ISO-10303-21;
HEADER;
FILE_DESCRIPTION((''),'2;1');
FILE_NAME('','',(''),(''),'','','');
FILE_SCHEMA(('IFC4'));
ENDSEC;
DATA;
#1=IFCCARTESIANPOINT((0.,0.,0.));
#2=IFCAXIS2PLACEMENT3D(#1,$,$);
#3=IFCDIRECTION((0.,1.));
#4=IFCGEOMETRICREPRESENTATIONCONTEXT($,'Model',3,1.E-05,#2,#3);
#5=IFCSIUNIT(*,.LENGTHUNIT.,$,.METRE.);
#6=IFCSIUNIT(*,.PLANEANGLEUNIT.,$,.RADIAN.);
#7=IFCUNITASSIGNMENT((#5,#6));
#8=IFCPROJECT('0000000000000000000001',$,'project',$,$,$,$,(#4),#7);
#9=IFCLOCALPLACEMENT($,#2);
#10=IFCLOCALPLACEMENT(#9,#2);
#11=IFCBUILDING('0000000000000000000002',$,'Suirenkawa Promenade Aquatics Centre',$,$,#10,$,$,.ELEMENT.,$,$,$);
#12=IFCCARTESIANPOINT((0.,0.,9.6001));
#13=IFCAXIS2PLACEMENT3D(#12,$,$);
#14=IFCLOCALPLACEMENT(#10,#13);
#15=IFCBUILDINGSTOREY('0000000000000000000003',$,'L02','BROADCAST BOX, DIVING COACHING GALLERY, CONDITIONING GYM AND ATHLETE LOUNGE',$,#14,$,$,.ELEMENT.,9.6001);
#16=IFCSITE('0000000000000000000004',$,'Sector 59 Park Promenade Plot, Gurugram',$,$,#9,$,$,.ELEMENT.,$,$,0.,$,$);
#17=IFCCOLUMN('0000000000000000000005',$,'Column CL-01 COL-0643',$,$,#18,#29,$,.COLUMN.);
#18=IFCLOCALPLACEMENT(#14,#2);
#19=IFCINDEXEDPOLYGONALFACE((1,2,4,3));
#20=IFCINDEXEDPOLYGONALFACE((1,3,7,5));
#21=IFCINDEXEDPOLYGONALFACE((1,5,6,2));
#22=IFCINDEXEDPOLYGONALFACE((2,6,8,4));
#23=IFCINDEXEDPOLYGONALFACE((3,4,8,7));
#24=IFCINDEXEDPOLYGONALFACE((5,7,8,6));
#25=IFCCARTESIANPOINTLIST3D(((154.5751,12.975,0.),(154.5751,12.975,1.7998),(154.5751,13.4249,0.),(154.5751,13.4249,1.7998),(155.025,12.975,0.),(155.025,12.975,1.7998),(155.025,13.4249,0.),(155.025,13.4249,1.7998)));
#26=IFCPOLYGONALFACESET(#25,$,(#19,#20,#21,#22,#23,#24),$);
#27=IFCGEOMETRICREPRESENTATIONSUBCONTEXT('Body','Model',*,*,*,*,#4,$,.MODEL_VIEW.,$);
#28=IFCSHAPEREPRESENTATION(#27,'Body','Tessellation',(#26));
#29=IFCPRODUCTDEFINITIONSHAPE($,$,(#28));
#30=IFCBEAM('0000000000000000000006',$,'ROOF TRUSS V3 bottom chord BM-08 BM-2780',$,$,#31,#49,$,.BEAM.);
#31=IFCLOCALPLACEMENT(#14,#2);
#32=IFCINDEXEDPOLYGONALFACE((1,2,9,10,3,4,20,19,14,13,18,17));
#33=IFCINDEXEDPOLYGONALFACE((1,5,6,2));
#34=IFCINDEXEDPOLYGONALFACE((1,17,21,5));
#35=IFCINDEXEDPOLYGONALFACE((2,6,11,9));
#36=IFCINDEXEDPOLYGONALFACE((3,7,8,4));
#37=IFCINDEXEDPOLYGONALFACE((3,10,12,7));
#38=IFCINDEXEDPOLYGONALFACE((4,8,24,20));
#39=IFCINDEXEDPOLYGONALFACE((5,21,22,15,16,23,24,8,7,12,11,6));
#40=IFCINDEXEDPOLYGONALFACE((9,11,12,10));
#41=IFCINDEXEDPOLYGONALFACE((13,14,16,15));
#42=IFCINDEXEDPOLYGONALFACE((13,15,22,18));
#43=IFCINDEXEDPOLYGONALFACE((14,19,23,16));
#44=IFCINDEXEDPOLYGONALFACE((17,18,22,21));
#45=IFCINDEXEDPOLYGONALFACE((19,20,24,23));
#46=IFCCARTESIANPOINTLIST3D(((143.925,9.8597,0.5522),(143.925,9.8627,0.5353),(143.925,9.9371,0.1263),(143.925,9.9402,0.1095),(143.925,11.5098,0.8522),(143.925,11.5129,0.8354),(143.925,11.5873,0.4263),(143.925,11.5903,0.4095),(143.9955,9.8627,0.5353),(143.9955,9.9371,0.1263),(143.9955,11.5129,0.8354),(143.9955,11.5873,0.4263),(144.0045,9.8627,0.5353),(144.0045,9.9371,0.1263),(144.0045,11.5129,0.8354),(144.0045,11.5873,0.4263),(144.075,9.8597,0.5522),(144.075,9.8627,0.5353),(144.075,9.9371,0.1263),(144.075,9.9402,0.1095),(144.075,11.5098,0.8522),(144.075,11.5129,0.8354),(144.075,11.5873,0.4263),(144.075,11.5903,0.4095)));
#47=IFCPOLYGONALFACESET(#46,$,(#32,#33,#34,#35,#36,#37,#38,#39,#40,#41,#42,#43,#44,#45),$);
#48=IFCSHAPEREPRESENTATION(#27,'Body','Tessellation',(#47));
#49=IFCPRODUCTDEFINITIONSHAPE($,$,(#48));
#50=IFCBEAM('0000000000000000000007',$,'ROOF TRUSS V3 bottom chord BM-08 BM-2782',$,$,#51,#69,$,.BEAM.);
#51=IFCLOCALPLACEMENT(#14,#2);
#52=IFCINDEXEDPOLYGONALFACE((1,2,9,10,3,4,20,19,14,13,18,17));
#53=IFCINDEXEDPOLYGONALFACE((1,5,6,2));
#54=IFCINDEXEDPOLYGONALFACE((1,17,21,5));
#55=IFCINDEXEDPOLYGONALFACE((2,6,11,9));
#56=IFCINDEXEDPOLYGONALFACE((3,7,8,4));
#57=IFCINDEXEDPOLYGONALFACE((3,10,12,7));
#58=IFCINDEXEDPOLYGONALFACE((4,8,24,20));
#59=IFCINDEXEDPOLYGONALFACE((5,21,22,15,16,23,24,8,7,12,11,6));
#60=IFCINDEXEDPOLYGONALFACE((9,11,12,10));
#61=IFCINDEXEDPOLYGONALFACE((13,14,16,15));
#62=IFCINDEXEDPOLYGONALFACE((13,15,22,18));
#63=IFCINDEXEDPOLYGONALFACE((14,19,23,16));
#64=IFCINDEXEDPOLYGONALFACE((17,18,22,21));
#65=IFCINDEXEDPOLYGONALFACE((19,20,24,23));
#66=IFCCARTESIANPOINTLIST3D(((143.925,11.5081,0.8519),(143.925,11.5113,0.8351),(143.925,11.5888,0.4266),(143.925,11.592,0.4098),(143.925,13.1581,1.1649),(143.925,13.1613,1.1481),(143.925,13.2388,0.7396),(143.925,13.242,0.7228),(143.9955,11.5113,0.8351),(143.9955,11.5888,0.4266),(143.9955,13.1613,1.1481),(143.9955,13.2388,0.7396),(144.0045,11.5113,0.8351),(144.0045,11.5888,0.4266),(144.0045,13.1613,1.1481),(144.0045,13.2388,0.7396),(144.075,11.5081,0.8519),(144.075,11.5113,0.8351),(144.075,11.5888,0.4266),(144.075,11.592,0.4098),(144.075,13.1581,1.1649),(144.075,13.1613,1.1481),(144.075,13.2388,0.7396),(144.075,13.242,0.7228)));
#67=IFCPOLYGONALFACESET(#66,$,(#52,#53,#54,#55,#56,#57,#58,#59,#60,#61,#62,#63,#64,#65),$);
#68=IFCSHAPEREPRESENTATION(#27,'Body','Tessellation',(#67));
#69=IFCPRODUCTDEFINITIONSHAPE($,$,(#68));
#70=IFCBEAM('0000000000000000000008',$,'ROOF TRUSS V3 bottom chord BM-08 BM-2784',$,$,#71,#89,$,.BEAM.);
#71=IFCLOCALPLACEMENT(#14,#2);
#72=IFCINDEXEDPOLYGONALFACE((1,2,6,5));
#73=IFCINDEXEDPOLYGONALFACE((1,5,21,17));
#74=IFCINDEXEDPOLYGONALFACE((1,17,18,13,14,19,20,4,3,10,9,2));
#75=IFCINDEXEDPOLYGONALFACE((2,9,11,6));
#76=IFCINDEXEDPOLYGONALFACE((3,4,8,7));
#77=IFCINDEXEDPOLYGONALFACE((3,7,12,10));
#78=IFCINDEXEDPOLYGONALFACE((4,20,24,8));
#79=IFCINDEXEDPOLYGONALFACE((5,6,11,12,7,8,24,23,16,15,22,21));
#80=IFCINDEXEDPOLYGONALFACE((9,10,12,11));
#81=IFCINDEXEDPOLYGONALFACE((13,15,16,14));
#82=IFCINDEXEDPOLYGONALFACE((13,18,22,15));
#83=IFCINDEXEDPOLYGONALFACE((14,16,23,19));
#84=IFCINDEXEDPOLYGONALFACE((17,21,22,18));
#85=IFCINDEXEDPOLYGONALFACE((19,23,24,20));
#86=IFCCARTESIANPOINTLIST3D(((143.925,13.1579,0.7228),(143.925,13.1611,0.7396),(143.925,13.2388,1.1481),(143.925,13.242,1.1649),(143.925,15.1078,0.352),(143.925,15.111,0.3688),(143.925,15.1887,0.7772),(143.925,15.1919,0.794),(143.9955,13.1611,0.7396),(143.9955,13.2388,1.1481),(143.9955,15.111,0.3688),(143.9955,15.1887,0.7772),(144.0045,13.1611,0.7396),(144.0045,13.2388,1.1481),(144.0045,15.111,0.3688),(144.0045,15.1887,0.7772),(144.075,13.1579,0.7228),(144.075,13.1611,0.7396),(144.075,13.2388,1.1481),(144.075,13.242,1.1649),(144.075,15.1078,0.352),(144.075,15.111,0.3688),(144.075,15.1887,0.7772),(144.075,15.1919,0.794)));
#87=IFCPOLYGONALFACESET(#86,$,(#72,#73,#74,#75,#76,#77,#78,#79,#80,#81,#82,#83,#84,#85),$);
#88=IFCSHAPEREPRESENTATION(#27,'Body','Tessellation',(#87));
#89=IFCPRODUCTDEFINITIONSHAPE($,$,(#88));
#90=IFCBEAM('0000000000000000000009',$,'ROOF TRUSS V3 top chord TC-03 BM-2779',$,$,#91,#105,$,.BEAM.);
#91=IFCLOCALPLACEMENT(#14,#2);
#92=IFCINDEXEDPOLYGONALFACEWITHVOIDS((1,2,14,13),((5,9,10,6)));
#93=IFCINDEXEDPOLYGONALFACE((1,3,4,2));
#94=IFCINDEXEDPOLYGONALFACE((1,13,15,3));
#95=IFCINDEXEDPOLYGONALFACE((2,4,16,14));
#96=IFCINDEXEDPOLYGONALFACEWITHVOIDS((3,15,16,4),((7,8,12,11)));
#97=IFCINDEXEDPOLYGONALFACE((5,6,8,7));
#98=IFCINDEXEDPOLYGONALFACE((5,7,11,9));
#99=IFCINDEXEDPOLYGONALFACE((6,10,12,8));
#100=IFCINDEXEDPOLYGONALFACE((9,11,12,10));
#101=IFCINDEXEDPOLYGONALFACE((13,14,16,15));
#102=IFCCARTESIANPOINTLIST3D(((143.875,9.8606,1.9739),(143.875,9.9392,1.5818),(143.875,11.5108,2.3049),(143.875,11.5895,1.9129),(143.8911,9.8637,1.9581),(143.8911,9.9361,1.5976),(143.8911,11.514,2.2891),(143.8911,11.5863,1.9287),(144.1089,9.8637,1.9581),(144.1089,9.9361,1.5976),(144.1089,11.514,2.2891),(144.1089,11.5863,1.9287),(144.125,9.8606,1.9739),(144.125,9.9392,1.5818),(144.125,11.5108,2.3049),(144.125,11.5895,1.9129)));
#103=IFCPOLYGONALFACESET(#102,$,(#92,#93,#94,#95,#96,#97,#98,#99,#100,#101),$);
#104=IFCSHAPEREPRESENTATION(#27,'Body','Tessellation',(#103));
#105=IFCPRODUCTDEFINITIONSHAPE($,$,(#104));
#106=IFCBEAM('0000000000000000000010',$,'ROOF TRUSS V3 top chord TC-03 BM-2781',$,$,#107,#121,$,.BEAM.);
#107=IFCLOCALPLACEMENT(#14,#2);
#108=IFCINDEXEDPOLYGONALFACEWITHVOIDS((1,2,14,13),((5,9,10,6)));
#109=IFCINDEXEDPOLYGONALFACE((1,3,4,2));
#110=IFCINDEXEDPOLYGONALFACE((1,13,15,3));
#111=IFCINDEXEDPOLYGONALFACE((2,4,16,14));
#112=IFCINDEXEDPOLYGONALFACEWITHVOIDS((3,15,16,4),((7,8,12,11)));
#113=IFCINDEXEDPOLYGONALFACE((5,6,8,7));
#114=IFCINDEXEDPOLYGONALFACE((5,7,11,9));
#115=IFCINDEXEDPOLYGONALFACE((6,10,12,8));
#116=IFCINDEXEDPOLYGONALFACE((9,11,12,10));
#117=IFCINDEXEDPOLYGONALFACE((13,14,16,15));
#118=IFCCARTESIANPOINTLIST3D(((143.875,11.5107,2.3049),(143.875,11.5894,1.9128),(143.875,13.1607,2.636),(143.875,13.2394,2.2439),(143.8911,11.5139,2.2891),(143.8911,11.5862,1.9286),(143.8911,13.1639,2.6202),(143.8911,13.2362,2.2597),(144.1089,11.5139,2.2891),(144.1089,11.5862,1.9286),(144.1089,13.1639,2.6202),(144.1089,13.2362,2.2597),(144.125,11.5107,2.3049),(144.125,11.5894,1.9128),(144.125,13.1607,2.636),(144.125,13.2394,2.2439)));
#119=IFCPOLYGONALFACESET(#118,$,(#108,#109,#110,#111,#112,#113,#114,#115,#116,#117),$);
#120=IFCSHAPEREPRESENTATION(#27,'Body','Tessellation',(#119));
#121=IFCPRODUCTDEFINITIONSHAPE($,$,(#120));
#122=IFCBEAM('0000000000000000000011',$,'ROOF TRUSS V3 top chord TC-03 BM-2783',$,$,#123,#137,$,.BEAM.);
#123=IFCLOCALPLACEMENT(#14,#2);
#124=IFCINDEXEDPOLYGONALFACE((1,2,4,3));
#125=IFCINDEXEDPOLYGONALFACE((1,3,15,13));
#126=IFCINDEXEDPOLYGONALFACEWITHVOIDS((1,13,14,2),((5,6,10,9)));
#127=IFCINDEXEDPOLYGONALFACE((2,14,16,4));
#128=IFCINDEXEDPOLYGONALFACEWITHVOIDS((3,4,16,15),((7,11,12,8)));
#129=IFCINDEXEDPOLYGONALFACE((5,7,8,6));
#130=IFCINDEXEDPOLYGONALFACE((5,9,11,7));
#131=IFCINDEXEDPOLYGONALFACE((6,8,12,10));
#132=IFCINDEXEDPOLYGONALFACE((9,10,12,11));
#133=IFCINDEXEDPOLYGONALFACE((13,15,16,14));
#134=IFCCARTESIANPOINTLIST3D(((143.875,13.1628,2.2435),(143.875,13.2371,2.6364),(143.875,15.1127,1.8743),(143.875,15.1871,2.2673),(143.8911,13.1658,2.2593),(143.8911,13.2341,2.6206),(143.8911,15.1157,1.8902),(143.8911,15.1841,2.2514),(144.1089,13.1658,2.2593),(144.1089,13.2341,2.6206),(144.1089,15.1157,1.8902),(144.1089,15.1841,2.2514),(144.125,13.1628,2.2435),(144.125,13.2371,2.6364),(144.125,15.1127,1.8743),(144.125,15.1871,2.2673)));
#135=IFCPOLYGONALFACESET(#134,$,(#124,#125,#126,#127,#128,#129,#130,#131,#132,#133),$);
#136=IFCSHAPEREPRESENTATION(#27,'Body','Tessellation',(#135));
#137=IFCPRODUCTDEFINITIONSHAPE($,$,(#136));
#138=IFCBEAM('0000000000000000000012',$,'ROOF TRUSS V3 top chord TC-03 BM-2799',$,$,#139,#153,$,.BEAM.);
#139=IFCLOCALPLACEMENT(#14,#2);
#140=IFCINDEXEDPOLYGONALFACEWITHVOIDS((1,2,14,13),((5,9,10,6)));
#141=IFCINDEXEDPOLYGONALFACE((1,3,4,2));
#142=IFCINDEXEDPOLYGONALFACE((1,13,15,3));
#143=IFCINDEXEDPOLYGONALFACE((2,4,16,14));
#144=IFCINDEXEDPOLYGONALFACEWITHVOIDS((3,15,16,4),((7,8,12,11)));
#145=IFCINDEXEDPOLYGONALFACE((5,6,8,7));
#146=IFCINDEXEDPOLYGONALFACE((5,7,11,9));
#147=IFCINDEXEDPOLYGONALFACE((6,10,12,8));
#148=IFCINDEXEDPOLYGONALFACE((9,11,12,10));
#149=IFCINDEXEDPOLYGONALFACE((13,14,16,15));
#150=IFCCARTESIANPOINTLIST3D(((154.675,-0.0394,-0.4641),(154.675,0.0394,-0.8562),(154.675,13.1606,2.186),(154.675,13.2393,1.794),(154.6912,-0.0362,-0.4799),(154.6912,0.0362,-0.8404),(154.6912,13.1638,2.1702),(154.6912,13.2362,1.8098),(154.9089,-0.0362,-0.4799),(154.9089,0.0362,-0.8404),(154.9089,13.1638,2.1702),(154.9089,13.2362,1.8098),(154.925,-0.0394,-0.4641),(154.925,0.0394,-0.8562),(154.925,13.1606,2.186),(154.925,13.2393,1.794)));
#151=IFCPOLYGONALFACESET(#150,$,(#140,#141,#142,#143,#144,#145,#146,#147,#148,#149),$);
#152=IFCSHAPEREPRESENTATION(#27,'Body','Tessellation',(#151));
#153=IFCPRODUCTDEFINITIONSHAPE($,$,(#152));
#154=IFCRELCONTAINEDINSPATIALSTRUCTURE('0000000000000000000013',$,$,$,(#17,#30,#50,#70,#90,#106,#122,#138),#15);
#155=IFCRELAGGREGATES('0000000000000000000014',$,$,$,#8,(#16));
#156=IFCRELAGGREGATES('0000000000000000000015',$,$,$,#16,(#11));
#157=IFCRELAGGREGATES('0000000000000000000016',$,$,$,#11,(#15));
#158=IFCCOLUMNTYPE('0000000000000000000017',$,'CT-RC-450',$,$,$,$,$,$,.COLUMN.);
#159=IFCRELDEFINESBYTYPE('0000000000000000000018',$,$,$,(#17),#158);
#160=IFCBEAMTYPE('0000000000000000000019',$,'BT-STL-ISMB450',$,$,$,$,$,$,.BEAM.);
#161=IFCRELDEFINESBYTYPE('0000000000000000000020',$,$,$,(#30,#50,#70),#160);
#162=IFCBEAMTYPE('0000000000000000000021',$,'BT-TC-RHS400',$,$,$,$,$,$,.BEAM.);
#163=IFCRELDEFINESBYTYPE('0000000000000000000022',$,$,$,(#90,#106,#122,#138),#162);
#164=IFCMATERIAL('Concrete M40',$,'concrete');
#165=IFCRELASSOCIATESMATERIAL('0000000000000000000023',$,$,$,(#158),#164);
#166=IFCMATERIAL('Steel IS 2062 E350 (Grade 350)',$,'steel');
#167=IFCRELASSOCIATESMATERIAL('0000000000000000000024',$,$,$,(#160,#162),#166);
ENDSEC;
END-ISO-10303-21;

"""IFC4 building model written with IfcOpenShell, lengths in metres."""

from ifc_helpers import new_model, si_unit, direction, frame, origin, origin_2d, place, context, subcontext, project, spatial, rectangle, hollow_rectangle, i_section, extrude, material, material_profile, profile_set, type_object, element, save


model = new_model("IFC4")

# Units and contexts
model_context = context("Model", 3, precision=1e-05, world=origin(), true_north=direction((0.0, 1.0)))
body_context = subcontext(model_context, "Body", "Model", "MODEL_VIEW")
ifc_project = project(units=[si_unit("LENGTHUNIT", "METRE"), si_unit("PLANEANGLEUNIT", "RADIAN")], contexts=[model_context])

# Site, building, storey
site_placement = place(None, origin())
site = spatial("IfcSite", under=ifc_project, at=site_placement, Name="Sector 59 Park Promenade Plot, Gurugram", CompositionType="ELEMENT", RefElevation=0.0)
building_placement = place(site_placement, origin())
building = spatial("IfcBuilding", under=site, at=building_placement, Name="Suirenkawa Promenade Aquatics Centre", CompositionType="ELEMENT")
storey_placement = place(building_placement, frame((0.0, 0.0, 9.6001)))
storey = spatial("IfcBuildingStorey", under=building, at=storey_placement, Name="L02", Description="BROADCAST BOX, DIVING COACHING GALLERY, CONDITIONING GYM AND ATHLETE LOUNGE", CompositionType="ELEMENT", Elevation=9.6001)

# Column
ifc_material_1 = material(Name="Concrete M40", Category="concrete")
ifc_material_profile_1 = material_profile(ifc_material_1, rectangle(XDim=0.45, YDim=0.45, at=origin_2d()), Name="RC COL 450x450", Category="concrete")
ifc_profile_set_1 = profile_set([ifc_material_profile_1], Name="Concrete M40")
column_type = type_object("IfcColumnType", Name="CT-RC-450", PredefinedType="COLUMN", material=ifc_profile_set_1)
column_placement = place(storey_placement, frame((154.8, 13.2, 0.0), z_axis=(0.0, 0.0, 1.0), x_axis=(1.0, 0.0, 0.0)))
element("IfcColumn", 1, at=column_placement, inside=storey, type_object=column_type, Name="Column CL-01 COL-0643", PredefinedType="COLUMN", context=body_context, shape_type="SweptSolid", body=[
    extrude(rectangle(XDim=0.45, YDim=0.45, at=origin_2d()), origin(), (0.0, 0.0, 1.0), 1.7998),
])

# Beams
ifc_material_2 = material(Name="Steel IS 2062 E350 (Grade 350)", Category="steel")
ifc_material_profile_2 = material_profile(ifc_material_2, i_section(OverallWidth=0.1499, OverallDepth=0.45, WebThickness=0.009, FlangeThickness=0.0171, at=origin_2d()), Name="ISMB 450", Category="steel")
ifc_profile_set_2 = profile_set([ifc_material_profile_2], Name="Steel IS 2062 E350 (Grade 350)")
beam_type_1 = type_object("IfcBeamType", Name="BT-STL-ISMB450", PredefinedType="BEAM", material=ifc_profile_set_2)
beam_1_placement = place(storey_placement, frame((144.0, 9.8999, 0.3308), z_axis=(0.0, 0.983868, 0.178898), x_axis=(-1.0, 0.0, 0.0)))
element("IfcBeam", 2, at=beam_1_placement, inside=storey, type_object=beam_type_1, Name="ROOF TRUSS V3 bottom chord BM-08 BM-2780", PredefinedType="BEAM", context=body_context, shape_type="SweptSolid", body=[
    extrude(i_section(OverallWidth=0.1499, OverallDepth=0.45, WebThickness=0.009, FlangeThickness=0.0171, at=origin_2d()), origin(), (0.0, 0.0, 1.0), 1.6772),
])
beam_2_placement = place(storey_placement, frame((144.0, 11.55, 0.6309), z_axis=(0.0, 0.982478, 0.186377), x_axis=(-1.0, 0.0, 0.0)))
element("IfcBeam", 3, at=beam_2_placement, inside=storey, type_object=beam_type_1, Name="ROOF TRUSS V3 bottom chord BM-08 BM-2782", PredefinedType="BEAM", context=body_context, shape_type="SweptSolid", body=[
    extrude(i_section(OverallWidth=0.1499, OverallDepth=0.45, WebThickness=0.009, FlangeThickness=0.0171, at=origin_2d()), origin(), (0.0, 0.0, 1.0), 1.6794),
])
beam_3_placement = place(storey_placement, frame((144.0, 13.2, 0.9438), z_axis=(0.0, 0.982391, -0.186835), x_axis=(-1.0, 0.0, 0.0)))
element("IfcBeam", 4, at=beam_3_placement, inside=storey, type_object=beam_type_1, Name="ROOF TRUSS V3 bottom chord BM-08 BM-2784", PredefinedType="BEAM", context=body_context, shape_type="SweptSolid", body=[
    extrude(i_section(OverallWidth=0.1499, OverallDepth=0.45, WebThickness=0.009, FlangeThickness=0.0171, at=origin_2d()), origin(), (0.0, 0.0, 1.0), 1.9849),
])
ifc_material_profile_3 = material_profile(ifc_material_2, hollow_rectangle(XDim=0.25, YDim=0.3999, WallThickness=0.0161, at=origin_2d()), Name="RHS 400x250x16", Category="steel")
ifc_profile_set_3 = profile_set([ifc_material_profile_3], Name="Steel IS 2062 E350 (Grade 350)")
beam_type_2 = type_object("IfcBeamType", Name="BT-TC-RHS400", PredefinedType="BEAM", material=ifc_profile_set_3)
beam_4_placement = place(storey_placement, frame((144.0, 9.8999, 1.7778), z_axis=(0.0, 0.980463, 0.196702), x_axis=(-1.0, 0.0, 0.0)))
element("IfcBeam", 5, at=beam_4_placement, inside=storey, type_object=beam_type_2, Name="ROOF TRUSS V3 top chord TC-03 BM-2779", PredefinedType="BEAM", context=body_context, shape_type="SweptSolid", body=[
    extrude(hollow_rectangle(XDim=0.25, YDim=0.3999, WallThickness=0.0161, at=origin_2d()), origin(), (0.0, 0.0, 1.0), 1.6831),
])
beam_5_placement = place(storey_placement, frame((144.0, 11.55, 2.1089), z_axis=(0.0, 0.980458, 0.19673), x_axis=(-1.0, 0.0, 0.0)))
element("IfcBeam", 6, at=beam_5_placement, inside=storey, type_object=beam_type_2, Name="ROOF TRUSS V3 top chord TC-03 BM-2781", PredefinedType="BEAM", context=body_context, shape_type="SweptSolid", body=[
    extrude(hollow_rectangle(XDim=0.25, YDim=0.3999, WallThickness=0.0161, at=origin_2d()), origin(), (0.0, 0.0, 1.0), 1.6829),
])
beam_6_placement = place(storey_placement, frame((144.0, 13.2, 2.4399), z_axis=(0.0, 0.982549, -0.186004), x_axis=(-1.0, 0.0, 0.0)))
element("IfcBeam", 7, at=beam_6_placement, inside=storey, type_object=beam_type_2, Name="ROOF TRUSS V3 top chord TC-03 BM-2783", PredefinedType="BEAM", context=body_context, shape_type="SweptSolid", body=[
    extrude(hollow_rectangle(XDim=0.25, YDim=0.3999, WallThickness=0.0161, at=origin_2d()), origin(), (0.0, 0.0, 1.0), 1.9846),
])
beam_7_placement = place(storey_placement, frame((154.8, 0.0, -0.6602), z_axis=(0.0, 0.980435, 0.196841), x_axis=(-1.0, 0.0, 0.0)))
element("IfcBeam", 8, at=beam_7_placement, inside=storey, type_object=beam_type_2, Name="ROOF TRUSS V3 top chord TC-03 BM-2799", PredefinedType="BEAM", context=body_context, shape_type="SweptSolid", body=[
    extrude(hollow_rectangle(XDim=0.25, YDim=0.3999, WallThickness=0.0161, at=origin_2d()), origin(), (0.0, 0.0, 1.0), 13.4634),
])

save(model, "model.ifc")
